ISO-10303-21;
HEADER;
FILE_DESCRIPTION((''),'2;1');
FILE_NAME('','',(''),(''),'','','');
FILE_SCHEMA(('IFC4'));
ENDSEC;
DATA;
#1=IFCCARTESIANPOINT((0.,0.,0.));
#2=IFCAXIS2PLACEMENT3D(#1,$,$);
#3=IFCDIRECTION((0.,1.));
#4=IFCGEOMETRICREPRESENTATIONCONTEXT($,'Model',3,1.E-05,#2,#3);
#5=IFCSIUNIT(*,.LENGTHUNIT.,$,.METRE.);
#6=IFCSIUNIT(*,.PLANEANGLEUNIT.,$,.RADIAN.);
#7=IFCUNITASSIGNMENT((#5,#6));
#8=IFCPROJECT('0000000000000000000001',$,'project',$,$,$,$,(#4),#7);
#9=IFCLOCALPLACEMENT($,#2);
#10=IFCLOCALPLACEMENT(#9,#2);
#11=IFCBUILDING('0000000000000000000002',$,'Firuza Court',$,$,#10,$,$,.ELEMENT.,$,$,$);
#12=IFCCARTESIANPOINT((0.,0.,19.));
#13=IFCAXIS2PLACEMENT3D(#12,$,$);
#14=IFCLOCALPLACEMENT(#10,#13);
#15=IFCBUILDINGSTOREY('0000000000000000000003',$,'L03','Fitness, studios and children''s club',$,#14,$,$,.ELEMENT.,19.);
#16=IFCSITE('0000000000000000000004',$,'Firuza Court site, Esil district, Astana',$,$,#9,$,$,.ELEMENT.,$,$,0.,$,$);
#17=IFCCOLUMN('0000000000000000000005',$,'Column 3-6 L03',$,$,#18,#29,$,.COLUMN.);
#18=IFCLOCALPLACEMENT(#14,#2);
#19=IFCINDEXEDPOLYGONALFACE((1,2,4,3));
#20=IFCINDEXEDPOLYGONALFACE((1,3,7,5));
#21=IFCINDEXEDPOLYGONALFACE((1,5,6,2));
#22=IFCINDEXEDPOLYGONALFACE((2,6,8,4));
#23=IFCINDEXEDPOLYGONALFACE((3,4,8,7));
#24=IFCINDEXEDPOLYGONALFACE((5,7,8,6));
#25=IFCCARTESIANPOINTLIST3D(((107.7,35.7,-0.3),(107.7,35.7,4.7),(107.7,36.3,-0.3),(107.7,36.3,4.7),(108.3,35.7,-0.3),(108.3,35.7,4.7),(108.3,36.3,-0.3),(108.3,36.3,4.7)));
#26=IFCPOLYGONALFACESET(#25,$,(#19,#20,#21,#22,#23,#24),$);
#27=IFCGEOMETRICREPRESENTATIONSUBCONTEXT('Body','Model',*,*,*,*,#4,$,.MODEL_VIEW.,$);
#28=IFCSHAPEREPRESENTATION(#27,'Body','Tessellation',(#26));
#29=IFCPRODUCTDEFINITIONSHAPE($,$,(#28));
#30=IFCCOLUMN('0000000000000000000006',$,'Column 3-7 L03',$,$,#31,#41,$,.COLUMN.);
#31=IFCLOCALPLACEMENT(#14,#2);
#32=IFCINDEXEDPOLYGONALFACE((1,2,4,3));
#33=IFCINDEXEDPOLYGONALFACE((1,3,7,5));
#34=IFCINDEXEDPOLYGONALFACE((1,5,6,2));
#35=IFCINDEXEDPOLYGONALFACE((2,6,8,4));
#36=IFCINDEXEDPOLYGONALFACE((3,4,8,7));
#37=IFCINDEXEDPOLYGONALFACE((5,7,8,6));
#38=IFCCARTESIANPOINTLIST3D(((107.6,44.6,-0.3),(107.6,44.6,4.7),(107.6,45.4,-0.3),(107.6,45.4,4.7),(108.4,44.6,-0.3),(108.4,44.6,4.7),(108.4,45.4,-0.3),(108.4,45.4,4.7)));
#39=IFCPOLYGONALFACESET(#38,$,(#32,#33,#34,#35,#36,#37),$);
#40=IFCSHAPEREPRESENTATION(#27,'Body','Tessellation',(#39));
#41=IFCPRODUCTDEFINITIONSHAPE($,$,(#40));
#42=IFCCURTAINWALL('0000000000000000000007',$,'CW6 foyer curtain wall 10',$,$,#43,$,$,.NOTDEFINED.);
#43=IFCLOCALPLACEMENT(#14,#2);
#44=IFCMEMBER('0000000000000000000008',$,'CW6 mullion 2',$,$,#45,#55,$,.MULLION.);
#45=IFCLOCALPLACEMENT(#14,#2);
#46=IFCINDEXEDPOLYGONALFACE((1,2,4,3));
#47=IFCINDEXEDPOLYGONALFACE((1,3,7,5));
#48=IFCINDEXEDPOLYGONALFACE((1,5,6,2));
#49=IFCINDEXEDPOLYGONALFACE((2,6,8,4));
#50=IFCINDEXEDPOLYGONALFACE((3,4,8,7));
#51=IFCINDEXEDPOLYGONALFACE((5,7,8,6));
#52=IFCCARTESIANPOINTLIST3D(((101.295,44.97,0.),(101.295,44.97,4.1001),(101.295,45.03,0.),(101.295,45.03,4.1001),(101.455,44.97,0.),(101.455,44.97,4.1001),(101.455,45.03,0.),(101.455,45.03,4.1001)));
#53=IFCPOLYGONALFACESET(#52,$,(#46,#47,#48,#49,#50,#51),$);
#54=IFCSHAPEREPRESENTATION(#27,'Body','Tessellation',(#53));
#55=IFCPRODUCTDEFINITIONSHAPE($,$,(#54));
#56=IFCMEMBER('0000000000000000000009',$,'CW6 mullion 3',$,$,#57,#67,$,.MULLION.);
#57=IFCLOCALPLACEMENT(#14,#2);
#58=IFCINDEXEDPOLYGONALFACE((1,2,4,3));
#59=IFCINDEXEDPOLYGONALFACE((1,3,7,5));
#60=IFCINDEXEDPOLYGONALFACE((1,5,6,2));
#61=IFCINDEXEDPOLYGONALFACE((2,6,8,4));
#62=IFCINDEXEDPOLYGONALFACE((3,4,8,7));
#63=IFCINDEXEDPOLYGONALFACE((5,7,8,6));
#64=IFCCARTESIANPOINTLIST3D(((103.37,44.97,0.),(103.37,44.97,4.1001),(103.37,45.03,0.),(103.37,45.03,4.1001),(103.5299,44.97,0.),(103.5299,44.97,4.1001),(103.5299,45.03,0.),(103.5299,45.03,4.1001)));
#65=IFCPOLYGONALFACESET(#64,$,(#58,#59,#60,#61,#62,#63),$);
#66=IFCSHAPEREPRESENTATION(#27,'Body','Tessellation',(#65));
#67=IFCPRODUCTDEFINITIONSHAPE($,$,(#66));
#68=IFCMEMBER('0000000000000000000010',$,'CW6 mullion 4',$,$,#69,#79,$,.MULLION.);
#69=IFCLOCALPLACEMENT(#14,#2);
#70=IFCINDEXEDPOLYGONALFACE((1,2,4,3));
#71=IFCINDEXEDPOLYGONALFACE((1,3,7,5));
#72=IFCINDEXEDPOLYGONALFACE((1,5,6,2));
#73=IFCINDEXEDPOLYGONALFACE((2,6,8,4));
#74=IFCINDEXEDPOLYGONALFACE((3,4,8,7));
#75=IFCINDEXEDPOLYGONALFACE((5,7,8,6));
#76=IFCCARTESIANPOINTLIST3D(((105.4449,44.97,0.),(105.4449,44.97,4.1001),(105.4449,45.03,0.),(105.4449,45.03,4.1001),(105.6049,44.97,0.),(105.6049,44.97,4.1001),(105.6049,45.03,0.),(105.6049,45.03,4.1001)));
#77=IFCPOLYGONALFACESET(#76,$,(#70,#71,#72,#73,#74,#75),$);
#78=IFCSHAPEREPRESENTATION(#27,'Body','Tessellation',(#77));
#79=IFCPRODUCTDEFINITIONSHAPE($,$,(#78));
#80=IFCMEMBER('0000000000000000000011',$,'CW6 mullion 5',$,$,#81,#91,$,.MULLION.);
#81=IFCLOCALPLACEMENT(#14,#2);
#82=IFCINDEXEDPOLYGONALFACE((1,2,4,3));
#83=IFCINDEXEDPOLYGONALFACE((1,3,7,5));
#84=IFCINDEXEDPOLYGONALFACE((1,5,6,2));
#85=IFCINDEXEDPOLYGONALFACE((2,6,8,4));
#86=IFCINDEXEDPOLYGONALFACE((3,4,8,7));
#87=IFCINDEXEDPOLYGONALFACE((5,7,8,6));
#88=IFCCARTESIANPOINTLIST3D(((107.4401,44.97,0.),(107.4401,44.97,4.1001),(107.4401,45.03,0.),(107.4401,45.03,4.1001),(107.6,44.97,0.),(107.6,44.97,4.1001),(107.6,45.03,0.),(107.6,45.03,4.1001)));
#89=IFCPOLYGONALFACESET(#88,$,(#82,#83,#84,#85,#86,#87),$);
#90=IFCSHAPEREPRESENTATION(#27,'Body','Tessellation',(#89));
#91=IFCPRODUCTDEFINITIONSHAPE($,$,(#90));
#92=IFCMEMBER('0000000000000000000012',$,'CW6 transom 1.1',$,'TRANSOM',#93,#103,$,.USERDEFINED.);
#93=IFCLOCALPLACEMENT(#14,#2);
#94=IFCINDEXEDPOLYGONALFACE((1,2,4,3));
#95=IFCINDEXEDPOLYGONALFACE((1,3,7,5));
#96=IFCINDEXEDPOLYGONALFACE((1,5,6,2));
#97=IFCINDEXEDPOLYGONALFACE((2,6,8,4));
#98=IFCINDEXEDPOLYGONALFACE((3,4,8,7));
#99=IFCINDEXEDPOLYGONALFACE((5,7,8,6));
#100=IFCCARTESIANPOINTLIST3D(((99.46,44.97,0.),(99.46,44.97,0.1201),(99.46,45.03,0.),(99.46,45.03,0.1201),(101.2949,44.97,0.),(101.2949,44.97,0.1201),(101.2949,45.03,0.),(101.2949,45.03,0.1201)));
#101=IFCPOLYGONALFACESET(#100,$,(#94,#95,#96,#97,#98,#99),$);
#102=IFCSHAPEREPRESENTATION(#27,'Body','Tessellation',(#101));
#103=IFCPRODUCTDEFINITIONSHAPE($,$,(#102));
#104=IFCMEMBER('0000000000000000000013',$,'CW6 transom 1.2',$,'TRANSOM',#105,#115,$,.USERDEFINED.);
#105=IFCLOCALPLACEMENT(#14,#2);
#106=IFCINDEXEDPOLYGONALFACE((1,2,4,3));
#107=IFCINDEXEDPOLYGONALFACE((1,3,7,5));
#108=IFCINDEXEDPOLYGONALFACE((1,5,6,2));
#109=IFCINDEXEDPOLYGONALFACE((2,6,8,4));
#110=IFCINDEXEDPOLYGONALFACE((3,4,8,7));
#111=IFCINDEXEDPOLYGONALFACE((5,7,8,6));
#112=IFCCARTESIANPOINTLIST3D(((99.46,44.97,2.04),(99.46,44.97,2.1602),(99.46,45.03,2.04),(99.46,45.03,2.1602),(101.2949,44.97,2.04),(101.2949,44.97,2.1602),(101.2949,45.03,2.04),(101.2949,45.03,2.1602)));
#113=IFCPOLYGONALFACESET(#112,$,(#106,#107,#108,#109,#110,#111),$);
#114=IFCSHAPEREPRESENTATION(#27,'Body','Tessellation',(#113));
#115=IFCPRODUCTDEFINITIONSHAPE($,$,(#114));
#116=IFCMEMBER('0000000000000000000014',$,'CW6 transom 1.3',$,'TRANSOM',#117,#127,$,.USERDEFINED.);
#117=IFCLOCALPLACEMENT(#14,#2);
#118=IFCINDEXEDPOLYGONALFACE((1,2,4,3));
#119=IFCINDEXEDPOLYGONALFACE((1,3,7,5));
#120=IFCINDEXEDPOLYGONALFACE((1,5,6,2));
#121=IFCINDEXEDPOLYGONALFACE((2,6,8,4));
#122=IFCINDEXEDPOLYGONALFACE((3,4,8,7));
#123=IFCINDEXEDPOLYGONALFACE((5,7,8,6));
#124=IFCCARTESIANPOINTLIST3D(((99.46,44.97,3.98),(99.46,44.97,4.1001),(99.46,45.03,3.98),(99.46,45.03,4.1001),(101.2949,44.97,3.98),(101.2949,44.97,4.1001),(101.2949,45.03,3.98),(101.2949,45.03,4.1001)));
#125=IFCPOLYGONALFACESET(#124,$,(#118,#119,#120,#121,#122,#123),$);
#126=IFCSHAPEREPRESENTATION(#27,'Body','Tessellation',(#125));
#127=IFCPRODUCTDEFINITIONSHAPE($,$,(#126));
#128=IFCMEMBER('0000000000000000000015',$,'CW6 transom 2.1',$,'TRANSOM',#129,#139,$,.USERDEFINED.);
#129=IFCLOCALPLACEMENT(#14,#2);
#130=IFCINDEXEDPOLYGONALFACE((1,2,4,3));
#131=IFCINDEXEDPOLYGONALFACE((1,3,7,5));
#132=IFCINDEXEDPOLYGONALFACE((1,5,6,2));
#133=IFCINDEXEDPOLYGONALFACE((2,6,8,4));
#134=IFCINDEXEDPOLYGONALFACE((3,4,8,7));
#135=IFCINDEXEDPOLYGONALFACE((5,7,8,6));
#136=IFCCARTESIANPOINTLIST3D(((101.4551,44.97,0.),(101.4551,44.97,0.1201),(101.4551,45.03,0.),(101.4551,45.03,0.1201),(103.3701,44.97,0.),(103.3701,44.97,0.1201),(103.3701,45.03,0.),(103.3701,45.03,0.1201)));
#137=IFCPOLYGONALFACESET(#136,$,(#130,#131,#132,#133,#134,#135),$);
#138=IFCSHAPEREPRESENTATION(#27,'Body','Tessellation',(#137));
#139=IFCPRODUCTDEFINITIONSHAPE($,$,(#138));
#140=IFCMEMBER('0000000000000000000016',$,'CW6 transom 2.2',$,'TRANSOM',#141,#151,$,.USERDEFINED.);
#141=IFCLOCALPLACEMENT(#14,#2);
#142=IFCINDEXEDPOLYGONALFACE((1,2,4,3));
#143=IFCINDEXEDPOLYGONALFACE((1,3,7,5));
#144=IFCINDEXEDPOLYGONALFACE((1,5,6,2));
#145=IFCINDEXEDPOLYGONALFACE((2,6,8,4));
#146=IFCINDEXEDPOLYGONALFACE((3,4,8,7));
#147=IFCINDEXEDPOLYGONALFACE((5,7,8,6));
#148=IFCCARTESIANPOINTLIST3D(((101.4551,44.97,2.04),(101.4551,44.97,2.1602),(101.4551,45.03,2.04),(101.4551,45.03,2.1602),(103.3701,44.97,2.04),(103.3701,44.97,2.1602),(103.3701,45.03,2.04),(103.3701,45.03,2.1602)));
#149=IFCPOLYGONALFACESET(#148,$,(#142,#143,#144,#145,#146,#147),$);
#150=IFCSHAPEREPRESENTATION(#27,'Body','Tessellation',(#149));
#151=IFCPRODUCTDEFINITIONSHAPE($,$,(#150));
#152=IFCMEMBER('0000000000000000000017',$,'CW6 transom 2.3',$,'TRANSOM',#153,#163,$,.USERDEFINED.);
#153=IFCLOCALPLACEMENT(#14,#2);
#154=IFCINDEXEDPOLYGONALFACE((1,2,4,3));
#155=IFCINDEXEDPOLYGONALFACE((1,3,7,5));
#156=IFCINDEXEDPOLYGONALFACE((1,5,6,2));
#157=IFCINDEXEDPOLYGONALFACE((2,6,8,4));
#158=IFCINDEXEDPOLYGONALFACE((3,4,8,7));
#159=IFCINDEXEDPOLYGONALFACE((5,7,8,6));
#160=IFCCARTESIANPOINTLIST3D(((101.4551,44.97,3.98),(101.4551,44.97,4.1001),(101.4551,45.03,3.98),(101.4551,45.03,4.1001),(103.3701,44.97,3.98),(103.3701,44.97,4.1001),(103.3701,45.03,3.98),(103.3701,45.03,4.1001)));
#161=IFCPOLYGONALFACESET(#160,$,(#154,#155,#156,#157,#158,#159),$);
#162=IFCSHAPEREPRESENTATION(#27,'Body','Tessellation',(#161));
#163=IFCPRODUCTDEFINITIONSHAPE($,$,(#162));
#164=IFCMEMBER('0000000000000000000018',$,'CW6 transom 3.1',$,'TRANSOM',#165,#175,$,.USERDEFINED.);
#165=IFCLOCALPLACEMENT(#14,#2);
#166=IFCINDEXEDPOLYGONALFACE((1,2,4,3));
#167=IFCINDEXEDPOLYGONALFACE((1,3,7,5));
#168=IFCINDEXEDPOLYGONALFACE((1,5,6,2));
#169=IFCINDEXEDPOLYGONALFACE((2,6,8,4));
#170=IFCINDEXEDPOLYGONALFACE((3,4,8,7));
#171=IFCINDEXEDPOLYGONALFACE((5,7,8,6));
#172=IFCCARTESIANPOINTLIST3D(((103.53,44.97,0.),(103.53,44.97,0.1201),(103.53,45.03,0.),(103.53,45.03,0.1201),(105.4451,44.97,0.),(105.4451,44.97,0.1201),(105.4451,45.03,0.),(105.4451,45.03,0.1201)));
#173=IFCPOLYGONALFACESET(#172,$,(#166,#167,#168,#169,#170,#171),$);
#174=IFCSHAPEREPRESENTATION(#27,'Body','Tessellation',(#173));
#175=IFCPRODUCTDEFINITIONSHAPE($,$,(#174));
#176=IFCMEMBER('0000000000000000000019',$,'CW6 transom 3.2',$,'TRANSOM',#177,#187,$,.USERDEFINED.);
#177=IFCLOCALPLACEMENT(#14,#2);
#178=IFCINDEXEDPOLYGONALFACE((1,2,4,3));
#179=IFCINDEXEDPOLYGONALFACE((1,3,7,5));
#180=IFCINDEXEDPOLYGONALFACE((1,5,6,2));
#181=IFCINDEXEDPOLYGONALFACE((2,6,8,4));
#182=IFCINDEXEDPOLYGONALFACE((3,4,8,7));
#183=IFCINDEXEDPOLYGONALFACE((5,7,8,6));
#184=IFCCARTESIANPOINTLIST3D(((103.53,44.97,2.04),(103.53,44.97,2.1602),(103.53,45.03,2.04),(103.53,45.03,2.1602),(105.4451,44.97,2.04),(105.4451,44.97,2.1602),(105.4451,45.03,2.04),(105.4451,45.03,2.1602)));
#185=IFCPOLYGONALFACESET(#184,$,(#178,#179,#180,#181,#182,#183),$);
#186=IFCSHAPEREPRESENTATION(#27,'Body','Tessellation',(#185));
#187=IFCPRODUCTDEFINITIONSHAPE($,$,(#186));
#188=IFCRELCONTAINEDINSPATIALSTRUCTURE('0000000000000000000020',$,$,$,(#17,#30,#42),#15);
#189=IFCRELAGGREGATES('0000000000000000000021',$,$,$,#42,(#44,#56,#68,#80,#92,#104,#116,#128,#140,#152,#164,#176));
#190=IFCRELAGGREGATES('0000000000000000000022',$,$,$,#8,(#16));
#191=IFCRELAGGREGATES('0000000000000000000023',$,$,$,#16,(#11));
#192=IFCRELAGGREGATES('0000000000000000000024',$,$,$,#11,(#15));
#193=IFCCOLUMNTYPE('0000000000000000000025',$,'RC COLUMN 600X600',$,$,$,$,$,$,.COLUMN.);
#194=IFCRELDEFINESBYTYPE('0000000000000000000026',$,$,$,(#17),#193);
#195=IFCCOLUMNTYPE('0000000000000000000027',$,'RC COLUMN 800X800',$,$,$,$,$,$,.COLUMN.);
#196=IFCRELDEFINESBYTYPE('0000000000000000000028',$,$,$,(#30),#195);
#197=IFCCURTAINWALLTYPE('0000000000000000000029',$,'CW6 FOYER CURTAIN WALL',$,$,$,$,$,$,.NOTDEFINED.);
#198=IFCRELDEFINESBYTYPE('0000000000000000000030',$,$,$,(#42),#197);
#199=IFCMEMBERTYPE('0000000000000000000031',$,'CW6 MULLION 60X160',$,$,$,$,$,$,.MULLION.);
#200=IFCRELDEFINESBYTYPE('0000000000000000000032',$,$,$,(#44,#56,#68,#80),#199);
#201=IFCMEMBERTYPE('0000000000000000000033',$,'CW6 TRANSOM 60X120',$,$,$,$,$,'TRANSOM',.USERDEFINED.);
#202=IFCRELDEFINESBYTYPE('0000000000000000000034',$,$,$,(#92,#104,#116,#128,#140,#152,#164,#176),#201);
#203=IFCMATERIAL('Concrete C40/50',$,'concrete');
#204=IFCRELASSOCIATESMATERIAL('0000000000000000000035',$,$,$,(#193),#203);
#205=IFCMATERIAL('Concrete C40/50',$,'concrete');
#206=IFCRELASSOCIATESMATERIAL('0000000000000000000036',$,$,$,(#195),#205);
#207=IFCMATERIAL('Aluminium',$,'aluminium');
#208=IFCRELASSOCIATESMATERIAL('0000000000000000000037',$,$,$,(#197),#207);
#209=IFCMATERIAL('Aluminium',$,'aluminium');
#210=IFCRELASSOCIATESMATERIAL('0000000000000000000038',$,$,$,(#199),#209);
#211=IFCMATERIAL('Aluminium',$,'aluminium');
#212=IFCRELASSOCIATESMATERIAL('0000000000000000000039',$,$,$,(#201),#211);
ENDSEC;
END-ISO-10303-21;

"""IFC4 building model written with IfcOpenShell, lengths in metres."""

from ifc_helpers import new_model, si_unit, direction, frame, origin, origin_2d, place, context, subcontext, project, spatial, rectangle, extrude, material, material_profile, profile_set, type_object, element, aggregate, save


model = new_model("IFC4")

# Units and contexts
model_context = context("Model", 3, precision=1e-05, world=origin(), true_north=direction((0.0, 1.0)))
body_context = subcontext(model_context, "Body", "Model", "MODEL_VIEW")
ifc_project = project(units=[si_unit("LENGTHUNIT", "METRE"), si_unit("PLANEANGLEUNIT", "RADIAN")], contexts=[model_context])

# Site, building, storey
site_placement = place(None, origin())
site = spatial("IfcSite", under=ifc_project, at=site_placement, Name="Firuza Court site, Esil district, Astana", CompositionType="ELEMENT", RefElevation=0.0)
building_placement = place(site_placement, origin())
building = spatial("IfcBuilding", under=site, at=building_placement, Name="Firuza Court", CompositionType="ELEMENT")
storey_placement = place(building_placement, frame((0.0, 0.0, 19.0)))
storey = spatial("IfcBuildingStorey", under=building, at=storey_placement, Name="L03", Description="Fitness, studios and children's club", CompositionType="ELEMENT", Elevation=19.0)

# Columns
ifc_material_1 = material(Name="Concrete C40/50", Category="concrete")
ifc_material_profile_1 = material_profile(ifc_material_1, rectangle(XDim=0.6001, YDim=0.6001, at=origin_2d()), Name="RC 600X600")
ifc_profile_set_1 = profile_set([ifc_material_profile_1], Name="Concrete C40/50")
column_type_1 = type_object("IfcColumnType", Name="RC COLUMN 600X600", PredefinedType="COLUMN", material=ifc_profile_set_1)
column_1_placement = place(storey_placement, frame((108.0, 36.0, -0.3), z_axis=(0.0, 0.0, 1.0), x_axis=(1.0, 0.0, 0.0)))
element("IfcColumn", 1, at=column_1_placement, inside=storey, type_object=column_type_1, Name="Column 3-6 L03", PredefinedType="COLUMN", context=body_context, shape_type="SweptSolid", body=[
    extrude(rectangle(XDim=0.6001, YDim=0.6001, at=origin_2d()), origin(), (0.0, 0.0, 1.0), 5.0),
])
ifc_material_2 = material(Name="Concrete C40/50", Category="concrete")
ifc_material_profile_2 = material_profile(ifc_material_2, rectangle(XDim=0.8, YDim=0.8, at=origin_2d()), Name="RC 800X800")
ifc_profile_set_2 = profile_set([ifc_material_profile_2], Name="Concrete C40/50")
column_type_2 = type_object("IfcColumnType", Name="RC COLUMN 800X800", PredefinedType="COLUMN", material=ifc_profile_set_2)
column_2_placement = place(storey_placement, frame((108.0, 45.0, -0.3), z_axis=(0.0, 0.0, 1.0), x_axis=(1.0, 0.0, 0.0)))
element("IfcColumn", 2, at=column_2_placement, inside=storey, type_object=column_type_2, Name="Column 3-7 L03", PredefinedType="COLUMN", context=body_context, shape_type="SweptSolid", body=[
    extrude(rectangle(XDim=0.8, YDim=0.8, at=origin_2d()), origin(), (0.0, 0.0, 1.0), 5.0),
])

# Curtain wall, members
ifc_material_3 = material(Name="Aluminium", Category="aluminium")
curtain_wall_type = type_object("IfcCurtainWallType", Name="CW6 FOYER CURTAIN WALL", PredefinedType="NOTDEFINED", material=ifc_material_3)
curtain_wall_placement = place(storey_placement, origin())
curtain_wall = element("IfcCurtainWall", 3, at=curtain_wall_placement, inside=storey, type_object=curtain_wall_type, Name="CW6 foyer curtain wall 10", PredefinedType="NOTDEFINED")
ifc_material_4 = material(Name="Aluminium", Category="aluminium")
ifc_material_profile_3 = material_profile(ifc_material_4, rectangle(XDim=0.0601, YDim=0.1599, at=origin_2d()), Name="MULLION 60X160")
ifc_profile_set_3 = profile_set([ifc_material_profile_3], Name="Aluminium")
member_type_1 = type_object("IfcMemberType", Name="CW6 MULLION 60X160", PredefinedType="MULLION", material=ifc_profile_set_3)
member_1_placement = place(storey_placement, frame((101.375, 45.0, 0.0), z_axis=(0.0, 0.0, 1.0), x_axis=(0.0, 1.0, 0.0)))
member_1 = element("IfcMember", 4, at=member_1_placement, type_object=member_type_1, Name="CW6 mullion 2", PredefinedType="MULLION", context=body_context, shape_type="SweptSolid", body=[
    extrude(rectangle(XDim=0.0601, YDim=0.1599, at=origin_2d()), origin(), (0.0, 0.0, 1.0), 4.1001),
])
member_2_placement = place(storey_placement, frame((103.45, 45.0, 0.0), z_axis=(0.0, 0.0, 1.0), x_axis=(0.0, 1.0, 0.0)))
member_2 = element("IfcMember", 5, at=member_2_placement, type_object=member_type_1, Name="CW6 mullion 3", PredefinedType="MULLION", context=body_context, shape_type="SweptSolid", body=[
    extrude(rectangle(XDim=0.0601, YDim=0.1599, at=origin_2d()), origin(), (0.0, 0.0, 1.0), 4.1001),
])
member_3_placement = place(storey_placement, frame((105.5249, 45.0, 0.0), z_axis=(0.0, 0.0, 1.0), x_axis=(0.0, 1.0, 0.0)))
member_3 = element("IfcMember", 6, at=member_3_placement, type_object=member_type_1, Name="CW6 mullion 4", PredefinedType="MULLION", context=body_context, shape_type="SweptSolid", body=[
    extrude(rectangle(XDim=0.0601, YDim=0.1599, at=origin_2d()), origin(), (0.0, 0.0, 1.0), 4.1001),
])
member_4_placement = place(storey_placement, frame((107.52, 45.0, 0.0), z_axis=(0.0, 0.0, 1.0), x_axis=(0.0, 1.0, 0.0)))
member_4 = element("IfcMember", 7, at=member_4_placement, type_object=member_type_1, Name="CW6 mullion 5", PredefinedType="MULLION", context=body_context, shape_type="SweptSolid", body=[
    extrude(rectangle(XDim=0.0601, YDim=0.1599, at=origin_2d()), origin(), (0.0, 0.0, 1.0), 4.1001),
])
ifc_material_5 = material(Name="Aluminium", Category="aluminium")
ifc_material_profile_4 = material_profile(ifc_material_5, rectangle(XDim=0.0601, YDim=0.1201, at=origin_2d()), Name="TRANSOM 60X120")
ifc_profile_set_4 = profile_set([ifc_material_profile_4], Name="Aluminium")
member_type_2 = type_object("IfcMemberType", Name="CW6 TRANSOM 60X120", ElementType="TRANSOM", PredefinedType="USERDEFINED", material=ifc_profile_set_4)
member_5_placement = place(storey_placement, frame((99.46, 45.0, 0.0601), z_axis=(1.0, 0.0, 0.0), x_axis=(0.0, 1.0, 0.0)))
member_5 = element("IfcMember", 8, at=member_5_placement, type_object=member_type_2, Name="CW6 transom 1.1", ObjectType="TRANSOM", PredefinedType="USERDEFINED", context=body_context, shape_type="SweptSolid", body=[
    extrude(rectangle(XDim=0.0601, YDim=0.1201, at=origin_2d()), origin(), (0.0, 0.0, 1.0), 1.835),
])
member_6_placement = place(storey_placement, frame((99.46, 45.0, 2.1001), z_axis=(1.0, 0.0, 0.0), x_axis=(0.0, 1.0, 0.0)))
member_6 = element("IfcMember", 9, at=member_6_placement, type_object=member_type_2, Name="CW6 transom 1.2", ObjectType="TRANSOM", PredefinedType="USERDEFINED", context=body_context, shape_type="SweptSolid", body=[
    extrude(rectangle(XDim=0.0601, YDim=0.1201, at=origin_2d()), origin(), (0.0, 0.0, 1.0), 1.835),
])
member_7_placement = place(storey_placement, frame((99.46, 45.0, 4.04), z_axis=(1.0, 0.0, 0.0), x_axis=(0.0, 1.0, 0.0)))
member_7 = element("IfcMember", 10, at=member_7_placement, type_object=member_type_2, Name="CW6 transom 1.3", ObjectType="TRANSOM", PredefinedType="USERDEFINED", context=body_context, shape_type="SweptSolid", body=[
    extrude(rectangle(XDim=0.0601, YDim=0.1201, at=origin_2d()), origin(), (0.0, 0.0, 1.0), 1.835),
])
member_8_placement = place(storey_placement, frame((101.4551, 45.0, 0.0601), z_axis=(1.0, 0.0, 0.0), x_axis=(0.0, 1.0, 0.0)))
member_8 = element("IfcMember", 11, at=member_8_placement, type_object=member_type_2, Name="CW6 transom 2.1", ObjectType="TRANSOM", PredefinedType="USERDEFINED", context=body_context, shape_type="SweptSolid", body=[
    extrude(rectangle(XDim=0.0601, YDim=0.1201, at=origin_2d()), origin(), (0.0, 0.0, 1.0), 1.915),
])
member_9_placement = place(storey_placement, frame((101.4551, 45.0, 2.1001), z_axis=(1.0, 0.0, 0.0), x_axis=(0.0, 1.0, 0.0)))
member_9 = element("IfcMember", 12, at=member_9_placement, type_object=member_type_2, Name="CW6 transom 2.2", ObjectType="TRANSOM", PredefinedType="USERDEFINED", context=body_context, shape_type="SweptSolid", body=[
    extrude(rectangle(XDim=0.0601, YDim=0.1201, at=origin_2d()), origin(), (0.0, 0.0, 1.0), 1.915),
])
member_10_placement = place(storey_placement, frame((101.4551, 45.0, 4.04), z_axis=(1.0, 0.0, 0.0), x_axis=(0.0, 1.0, 0.0)))
member_10 = element("IfcMember", 13, at=member_10_placement, type_object=member_type_2, Name="CW6 transom 2.3", ObjectType="TRANSOM", PredefinedType="USERDEFINED", context=body_context, shape_type="SweptSolid", body=[
    extrude(rectangle(XDim=0.0601, YDim=0.1201, at=origin_2d()), origin(), (0.0, 0.0, 1.0), 1.915),
])
member_11_placement = place(storey_placement, frame((103.53, 45.0, 0.0601), z_axis=(1.0, 0.0, 0.0), x_axis=(0.0, 1.0, 0.0)))
member_11 = element("IfcMember", 14, at=member_11_placement, type_object=member_type_2, Name="CW6 transom 3.1", ObjectType="TRANSOM", PredefinedType="USERDEFINED", context=body_context, shape_type="SweptSolid", body=[
    extrude(rectangle(XDim=0.0601, YDim=0.1201, at=origin_2d()), origin(), (0.0, 0.0, 1.0), 1.915),
])
member_12_placement = place(storey_placement, frame((103.53, 45.0, 2.1001), z_axis=(1.0, 0.0, 0.0), x_axis=(0.0, 1.0, 0.0)))
member_12 = element("IfcMember", 15, at=member_12_placement, type_object=member_type_2, Name="CW6 transom 3.2", ObjectType="TRANSOM", PredefinedType="USERDEFINED", context=body_context, shape_type="SweptSolid", body=[
    extrude(rectangle(XDim=0.0601, YDim=0.1201, at=origin_2d()), origin(), (0.0, 0.0, 1.0), 1.915),
])
aggregate(curtain_wall, [member_1, member_2, member_3, member_4, member_5, member_6, member_7, member_8, member_9, member_10, member_11, member_12])

save(model, "model.ifc")
